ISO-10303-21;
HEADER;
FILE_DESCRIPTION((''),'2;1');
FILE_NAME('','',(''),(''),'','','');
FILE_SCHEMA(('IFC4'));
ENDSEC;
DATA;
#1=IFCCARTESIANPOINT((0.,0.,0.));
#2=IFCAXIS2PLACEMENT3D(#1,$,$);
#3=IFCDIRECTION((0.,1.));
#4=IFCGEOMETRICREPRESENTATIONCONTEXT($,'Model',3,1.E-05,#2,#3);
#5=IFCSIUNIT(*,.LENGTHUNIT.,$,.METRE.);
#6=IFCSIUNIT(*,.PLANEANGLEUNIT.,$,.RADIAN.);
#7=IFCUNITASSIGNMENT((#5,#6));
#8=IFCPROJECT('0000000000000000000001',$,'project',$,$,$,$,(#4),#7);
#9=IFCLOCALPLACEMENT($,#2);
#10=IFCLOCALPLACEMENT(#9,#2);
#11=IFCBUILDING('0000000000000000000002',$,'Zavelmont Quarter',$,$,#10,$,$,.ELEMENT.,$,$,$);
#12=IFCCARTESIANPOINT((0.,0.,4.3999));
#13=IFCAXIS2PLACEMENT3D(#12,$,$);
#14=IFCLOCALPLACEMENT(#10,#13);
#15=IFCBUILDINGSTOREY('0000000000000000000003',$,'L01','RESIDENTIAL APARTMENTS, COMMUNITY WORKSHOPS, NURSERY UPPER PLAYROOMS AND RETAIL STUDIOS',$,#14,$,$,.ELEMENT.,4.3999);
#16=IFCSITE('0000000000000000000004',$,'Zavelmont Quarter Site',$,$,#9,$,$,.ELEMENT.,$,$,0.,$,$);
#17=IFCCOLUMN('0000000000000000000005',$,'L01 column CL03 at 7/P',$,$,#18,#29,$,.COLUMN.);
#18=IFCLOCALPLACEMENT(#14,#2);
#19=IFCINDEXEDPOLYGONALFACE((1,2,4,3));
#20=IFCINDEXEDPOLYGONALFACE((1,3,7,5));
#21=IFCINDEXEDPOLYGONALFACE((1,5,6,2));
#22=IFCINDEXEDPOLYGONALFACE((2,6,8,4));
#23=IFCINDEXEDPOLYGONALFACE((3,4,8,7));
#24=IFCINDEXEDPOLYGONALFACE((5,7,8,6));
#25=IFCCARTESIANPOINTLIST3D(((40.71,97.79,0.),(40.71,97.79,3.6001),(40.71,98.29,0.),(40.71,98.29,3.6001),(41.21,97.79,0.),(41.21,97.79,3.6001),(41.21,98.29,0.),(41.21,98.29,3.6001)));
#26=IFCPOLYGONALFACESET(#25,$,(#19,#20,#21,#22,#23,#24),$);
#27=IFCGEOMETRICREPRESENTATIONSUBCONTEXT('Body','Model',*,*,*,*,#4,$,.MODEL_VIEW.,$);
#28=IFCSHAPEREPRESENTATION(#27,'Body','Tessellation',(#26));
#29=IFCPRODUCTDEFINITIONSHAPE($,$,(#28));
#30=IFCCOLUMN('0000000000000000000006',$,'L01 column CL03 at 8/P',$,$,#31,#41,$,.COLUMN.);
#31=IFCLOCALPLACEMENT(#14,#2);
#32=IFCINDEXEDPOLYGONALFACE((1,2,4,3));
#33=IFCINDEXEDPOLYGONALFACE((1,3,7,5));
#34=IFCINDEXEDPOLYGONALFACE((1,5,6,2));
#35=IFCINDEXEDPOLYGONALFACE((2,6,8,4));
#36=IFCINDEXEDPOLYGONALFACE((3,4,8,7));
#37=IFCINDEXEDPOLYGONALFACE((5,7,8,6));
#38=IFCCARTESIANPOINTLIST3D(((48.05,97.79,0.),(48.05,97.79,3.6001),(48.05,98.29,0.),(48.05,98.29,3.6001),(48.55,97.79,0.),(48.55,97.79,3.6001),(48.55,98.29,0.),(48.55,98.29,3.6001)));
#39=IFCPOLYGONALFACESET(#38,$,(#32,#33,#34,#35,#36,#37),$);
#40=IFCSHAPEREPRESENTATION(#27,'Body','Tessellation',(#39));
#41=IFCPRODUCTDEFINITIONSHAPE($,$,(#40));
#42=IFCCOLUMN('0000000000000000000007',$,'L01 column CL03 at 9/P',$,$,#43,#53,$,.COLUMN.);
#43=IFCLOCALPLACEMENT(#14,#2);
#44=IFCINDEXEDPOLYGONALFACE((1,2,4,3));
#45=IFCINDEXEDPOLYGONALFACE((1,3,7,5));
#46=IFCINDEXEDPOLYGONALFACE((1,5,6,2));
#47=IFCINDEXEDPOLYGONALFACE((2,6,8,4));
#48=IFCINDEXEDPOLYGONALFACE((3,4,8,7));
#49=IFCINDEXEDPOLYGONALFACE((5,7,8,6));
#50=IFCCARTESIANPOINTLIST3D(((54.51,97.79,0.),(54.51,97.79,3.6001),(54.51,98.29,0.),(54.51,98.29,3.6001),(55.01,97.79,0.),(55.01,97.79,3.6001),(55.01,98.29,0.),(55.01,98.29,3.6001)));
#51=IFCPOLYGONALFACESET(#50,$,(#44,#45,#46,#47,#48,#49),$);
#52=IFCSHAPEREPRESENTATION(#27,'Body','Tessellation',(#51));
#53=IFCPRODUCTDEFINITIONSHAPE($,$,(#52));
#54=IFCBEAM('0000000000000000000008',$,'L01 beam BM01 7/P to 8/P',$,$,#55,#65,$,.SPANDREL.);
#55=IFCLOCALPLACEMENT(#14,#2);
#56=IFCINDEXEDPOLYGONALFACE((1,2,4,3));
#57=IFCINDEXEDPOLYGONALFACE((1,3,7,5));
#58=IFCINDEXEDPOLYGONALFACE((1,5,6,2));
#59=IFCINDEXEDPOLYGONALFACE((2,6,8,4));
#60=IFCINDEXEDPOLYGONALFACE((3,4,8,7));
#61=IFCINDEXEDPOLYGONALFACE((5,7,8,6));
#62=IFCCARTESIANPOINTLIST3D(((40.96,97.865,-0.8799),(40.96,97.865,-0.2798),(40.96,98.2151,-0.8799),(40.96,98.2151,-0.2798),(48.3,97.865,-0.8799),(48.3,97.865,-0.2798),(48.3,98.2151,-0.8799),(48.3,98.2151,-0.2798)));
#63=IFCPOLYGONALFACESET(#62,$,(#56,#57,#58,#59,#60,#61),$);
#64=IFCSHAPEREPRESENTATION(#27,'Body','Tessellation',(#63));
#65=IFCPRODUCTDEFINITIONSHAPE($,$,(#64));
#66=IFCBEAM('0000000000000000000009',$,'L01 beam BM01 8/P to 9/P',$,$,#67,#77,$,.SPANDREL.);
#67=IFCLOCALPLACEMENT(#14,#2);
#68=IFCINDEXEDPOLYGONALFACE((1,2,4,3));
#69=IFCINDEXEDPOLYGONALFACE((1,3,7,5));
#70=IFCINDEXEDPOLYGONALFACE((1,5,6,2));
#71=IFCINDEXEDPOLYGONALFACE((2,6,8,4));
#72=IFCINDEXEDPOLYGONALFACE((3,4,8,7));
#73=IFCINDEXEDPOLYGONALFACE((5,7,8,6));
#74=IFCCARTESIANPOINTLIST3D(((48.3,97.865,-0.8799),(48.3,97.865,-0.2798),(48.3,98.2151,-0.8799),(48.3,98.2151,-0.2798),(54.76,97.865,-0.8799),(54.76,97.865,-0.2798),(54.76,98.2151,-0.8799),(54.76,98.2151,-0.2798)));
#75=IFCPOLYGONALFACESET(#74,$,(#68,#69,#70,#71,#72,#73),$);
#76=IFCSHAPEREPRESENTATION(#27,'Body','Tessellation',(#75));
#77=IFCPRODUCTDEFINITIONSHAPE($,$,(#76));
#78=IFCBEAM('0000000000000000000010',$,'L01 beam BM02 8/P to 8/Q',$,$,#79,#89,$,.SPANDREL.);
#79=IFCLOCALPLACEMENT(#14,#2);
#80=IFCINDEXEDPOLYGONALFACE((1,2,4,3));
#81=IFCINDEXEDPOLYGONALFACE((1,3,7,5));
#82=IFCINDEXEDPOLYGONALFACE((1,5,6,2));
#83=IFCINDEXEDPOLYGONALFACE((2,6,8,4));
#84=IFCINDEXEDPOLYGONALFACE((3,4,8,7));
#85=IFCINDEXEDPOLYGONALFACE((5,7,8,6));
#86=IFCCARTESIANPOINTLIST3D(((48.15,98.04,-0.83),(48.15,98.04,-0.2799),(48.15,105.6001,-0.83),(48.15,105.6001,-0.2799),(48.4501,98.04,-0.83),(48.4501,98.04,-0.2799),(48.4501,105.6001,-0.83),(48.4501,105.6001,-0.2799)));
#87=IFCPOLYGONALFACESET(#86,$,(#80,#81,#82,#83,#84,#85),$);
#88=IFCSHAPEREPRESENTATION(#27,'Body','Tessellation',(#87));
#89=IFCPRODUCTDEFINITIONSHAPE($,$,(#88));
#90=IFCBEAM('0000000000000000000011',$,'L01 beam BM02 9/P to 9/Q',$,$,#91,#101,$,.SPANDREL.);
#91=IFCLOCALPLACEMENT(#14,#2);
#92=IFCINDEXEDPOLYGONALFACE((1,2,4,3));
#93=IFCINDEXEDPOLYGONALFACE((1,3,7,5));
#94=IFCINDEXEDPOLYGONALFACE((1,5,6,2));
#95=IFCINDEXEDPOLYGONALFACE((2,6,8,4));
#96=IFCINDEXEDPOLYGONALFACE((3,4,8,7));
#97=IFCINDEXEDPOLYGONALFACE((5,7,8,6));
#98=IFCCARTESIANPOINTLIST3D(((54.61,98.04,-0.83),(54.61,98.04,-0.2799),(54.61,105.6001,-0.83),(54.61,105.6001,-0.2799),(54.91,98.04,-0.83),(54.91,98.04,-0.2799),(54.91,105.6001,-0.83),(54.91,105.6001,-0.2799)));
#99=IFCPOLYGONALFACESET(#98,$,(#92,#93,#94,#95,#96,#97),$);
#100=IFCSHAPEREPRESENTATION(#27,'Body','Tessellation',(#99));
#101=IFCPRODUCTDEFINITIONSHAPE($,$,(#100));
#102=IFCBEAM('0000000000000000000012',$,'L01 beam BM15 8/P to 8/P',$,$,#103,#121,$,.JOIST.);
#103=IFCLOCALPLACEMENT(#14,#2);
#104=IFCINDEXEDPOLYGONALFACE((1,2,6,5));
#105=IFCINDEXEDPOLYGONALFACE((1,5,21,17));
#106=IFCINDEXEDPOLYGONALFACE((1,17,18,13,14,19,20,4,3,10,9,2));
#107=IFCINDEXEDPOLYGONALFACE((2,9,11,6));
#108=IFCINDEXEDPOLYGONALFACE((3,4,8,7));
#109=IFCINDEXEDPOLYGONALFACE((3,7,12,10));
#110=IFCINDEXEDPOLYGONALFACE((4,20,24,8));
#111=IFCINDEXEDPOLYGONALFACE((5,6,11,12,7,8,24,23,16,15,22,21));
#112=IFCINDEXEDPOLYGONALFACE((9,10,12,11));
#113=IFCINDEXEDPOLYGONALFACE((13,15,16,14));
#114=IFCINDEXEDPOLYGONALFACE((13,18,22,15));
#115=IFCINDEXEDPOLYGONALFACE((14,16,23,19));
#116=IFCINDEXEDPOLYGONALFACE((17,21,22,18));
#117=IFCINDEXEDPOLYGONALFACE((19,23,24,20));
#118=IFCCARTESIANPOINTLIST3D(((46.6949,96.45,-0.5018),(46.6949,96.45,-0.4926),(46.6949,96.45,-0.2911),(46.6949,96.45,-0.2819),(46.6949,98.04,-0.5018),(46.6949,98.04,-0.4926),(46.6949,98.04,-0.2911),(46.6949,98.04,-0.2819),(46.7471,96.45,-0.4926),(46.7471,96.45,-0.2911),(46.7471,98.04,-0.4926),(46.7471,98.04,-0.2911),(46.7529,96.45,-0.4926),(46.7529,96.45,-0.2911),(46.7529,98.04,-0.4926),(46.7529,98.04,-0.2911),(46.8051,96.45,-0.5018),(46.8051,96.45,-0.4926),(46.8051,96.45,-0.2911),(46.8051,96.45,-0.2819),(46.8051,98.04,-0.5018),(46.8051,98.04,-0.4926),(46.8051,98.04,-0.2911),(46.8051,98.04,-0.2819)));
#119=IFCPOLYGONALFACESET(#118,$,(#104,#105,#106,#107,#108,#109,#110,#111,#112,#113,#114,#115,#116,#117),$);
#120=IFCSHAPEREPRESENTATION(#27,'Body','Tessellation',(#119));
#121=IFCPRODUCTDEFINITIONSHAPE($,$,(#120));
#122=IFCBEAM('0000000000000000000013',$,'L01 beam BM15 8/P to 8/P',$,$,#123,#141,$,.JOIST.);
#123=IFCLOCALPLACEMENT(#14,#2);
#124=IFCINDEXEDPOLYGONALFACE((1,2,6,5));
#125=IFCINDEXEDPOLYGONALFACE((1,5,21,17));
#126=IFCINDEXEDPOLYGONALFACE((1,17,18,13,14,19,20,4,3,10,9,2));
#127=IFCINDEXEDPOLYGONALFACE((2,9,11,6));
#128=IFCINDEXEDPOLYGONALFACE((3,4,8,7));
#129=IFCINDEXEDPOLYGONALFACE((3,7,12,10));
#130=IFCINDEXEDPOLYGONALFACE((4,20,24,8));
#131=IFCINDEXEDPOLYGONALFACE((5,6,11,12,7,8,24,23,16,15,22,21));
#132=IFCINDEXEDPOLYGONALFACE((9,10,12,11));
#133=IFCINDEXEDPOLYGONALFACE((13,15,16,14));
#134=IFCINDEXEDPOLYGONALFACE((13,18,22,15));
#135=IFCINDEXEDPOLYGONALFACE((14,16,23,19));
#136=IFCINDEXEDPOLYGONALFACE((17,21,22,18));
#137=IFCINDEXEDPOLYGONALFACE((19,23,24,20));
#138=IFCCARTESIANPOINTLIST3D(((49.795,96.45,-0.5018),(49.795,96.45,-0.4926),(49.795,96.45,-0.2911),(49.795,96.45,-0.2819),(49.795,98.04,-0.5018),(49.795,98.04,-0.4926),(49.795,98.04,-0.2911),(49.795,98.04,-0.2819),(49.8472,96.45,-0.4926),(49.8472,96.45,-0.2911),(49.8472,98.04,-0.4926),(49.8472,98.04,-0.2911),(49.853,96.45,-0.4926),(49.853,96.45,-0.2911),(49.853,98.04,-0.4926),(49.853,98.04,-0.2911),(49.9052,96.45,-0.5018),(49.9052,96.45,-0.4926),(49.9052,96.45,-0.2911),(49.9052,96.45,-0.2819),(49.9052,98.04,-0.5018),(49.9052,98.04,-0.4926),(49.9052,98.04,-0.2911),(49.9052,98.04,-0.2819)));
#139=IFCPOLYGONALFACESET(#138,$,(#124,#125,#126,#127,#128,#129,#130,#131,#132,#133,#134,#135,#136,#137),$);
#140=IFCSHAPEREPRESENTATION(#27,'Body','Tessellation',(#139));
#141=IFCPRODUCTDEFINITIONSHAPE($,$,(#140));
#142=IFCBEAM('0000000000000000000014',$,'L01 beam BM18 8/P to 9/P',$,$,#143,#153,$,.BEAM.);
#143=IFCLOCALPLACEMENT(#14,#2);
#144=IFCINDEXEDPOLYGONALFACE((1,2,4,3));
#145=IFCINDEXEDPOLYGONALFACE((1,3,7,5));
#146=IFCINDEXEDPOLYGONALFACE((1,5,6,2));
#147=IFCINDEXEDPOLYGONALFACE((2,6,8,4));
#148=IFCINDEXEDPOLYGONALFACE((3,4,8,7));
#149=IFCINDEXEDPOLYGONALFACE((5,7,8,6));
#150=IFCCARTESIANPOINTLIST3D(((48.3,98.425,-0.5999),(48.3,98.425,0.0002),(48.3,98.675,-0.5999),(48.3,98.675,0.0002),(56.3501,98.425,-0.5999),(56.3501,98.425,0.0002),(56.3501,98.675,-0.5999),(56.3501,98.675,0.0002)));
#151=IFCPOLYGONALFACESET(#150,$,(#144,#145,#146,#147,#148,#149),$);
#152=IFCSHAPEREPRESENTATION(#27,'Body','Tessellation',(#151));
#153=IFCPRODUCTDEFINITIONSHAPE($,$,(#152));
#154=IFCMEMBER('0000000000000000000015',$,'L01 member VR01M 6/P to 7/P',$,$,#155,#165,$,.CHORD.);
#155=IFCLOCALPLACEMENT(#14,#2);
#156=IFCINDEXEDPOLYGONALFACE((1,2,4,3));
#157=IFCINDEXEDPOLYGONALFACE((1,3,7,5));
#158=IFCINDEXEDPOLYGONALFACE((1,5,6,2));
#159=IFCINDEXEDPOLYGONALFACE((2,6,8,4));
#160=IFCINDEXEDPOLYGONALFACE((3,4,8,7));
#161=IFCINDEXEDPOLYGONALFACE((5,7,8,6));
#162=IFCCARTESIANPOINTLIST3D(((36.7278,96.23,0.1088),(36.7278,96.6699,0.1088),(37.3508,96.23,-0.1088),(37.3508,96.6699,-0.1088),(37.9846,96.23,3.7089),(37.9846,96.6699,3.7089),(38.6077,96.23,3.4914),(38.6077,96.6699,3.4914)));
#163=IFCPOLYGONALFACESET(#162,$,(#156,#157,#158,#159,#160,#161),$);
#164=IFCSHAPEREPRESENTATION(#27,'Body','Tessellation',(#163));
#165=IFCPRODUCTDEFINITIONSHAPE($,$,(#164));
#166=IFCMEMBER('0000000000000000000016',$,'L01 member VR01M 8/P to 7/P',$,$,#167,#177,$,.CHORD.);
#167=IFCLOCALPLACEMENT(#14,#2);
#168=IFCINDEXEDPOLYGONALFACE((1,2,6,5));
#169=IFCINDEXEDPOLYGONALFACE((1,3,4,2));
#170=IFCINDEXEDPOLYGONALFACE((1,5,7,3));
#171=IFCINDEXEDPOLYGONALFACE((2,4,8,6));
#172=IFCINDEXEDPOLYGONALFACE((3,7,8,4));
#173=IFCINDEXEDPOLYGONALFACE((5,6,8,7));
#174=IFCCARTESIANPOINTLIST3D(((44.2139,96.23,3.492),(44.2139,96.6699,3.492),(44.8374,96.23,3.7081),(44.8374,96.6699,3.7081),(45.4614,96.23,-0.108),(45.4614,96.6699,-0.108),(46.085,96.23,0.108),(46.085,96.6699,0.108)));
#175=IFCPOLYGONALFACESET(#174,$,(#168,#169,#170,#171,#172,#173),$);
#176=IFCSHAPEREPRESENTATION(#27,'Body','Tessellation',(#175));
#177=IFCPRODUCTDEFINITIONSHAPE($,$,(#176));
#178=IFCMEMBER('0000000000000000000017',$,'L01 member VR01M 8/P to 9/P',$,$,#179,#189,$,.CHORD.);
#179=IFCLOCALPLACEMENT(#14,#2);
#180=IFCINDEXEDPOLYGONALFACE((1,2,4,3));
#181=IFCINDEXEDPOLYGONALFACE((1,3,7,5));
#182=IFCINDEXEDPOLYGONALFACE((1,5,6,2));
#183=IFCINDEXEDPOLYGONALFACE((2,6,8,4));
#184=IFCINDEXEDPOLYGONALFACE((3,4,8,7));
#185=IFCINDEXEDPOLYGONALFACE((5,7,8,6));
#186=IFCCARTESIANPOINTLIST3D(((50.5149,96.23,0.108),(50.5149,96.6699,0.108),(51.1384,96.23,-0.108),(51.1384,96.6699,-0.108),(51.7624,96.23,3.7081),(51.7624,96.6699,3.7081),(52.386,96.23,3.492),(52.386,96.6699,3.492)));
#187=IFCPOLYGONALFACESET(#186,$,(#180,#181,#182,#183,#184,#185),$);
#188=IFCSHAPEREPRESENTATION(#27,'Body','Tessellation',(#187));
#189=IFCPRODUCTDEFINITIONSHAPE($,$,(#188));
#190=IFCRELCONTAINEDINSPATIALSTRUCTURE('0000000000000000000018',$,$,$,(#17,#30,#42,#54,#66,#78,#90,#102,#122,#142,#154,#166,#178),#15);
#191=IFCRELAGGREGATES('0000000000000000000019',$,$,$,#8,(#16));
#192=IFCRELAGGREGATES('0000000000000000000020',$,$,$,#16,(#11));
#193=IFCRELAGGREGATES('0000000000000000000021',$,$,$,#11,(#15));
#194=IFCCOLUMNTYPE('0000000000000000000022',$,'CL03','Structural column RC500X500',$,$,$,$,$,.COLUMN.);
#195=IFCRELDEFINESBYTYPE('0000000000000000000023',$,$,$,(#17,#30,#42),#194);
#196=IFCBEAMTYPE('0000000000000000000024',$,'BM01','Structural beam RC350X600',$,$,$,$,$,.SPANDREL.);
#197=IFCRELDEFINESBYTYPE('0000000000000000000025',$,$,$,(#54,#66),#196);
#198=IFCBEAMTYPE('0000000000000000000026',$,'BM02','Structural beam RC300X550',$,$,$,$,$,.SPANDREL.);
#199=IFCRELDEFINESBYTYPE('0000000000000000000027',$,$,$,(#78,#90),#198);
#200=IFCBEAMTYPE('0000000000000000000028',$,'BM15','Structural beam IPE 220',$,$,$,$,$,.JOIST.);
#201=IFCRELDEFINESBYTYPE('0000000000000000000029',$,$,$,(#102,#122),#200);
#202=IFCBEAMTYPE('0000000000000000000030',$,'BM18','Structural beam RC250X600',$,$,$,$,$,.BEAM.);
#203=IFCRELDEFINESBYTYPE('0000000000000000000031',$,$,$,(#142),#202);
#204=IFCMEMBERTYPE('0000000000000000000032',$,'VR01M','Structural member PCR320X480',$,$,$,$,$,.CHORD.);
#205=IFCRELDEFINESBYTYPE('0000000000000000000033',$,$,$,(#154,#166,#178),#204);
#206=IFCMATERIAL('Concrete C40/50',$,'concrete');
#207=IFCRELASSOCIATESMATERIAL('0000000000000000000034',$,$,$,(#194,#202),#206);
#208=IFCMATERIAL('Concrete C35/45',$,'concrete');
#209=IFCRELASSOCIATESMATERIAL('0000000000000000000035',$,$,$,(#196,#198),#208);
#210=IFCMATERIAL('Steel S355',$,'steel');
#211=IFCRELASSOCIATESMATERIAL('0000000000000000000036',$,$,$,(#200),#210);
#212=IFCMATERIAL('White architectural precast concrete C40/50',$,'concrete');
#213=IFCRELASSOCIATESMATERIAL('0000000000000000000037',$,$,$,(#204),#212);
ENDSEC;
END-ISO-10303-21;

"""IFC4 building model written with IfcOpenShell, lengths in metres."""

from ifc_helpers import new_model, si_unit, direction, frame, origin, origin_2d, place, context, subcontext, project, spatial, rectangle, i_section, extrude, material, material_profile, profile_set, type_object, element, save


model = new_model("IFC4")

# Units and contexts
model_context = context("Model", 3, precision=1e-05, world=origin(), true_north=direction((0.0, 1.0)))
body_context = subcontext(model_context, "Body", "Model", "MODEL_VIEW")
ifc_project = project(units=[si_unit("LENGTHUNIT", "METRE"), si_unit("PLANEANGLEUNIT", "RADIAN")], contexts=[model_context])

# Site, building, storey
site_placement = place(None, origin())
site = spatial("IfcSite", under=ifc_project, at=site_placement, Name="Zavelmont Quarter Site", CompositionType="ELEMENT", RefElevation=0.0)
building_placement = place(site_placement, origin())
building = spatial("IfcBuilding", under=site, at=building_placement, Name="Zavelmont Quarter", CompositionType="ELEMENT")
storey_placement = place(building_placement, frame((0.0, 0.0, 4.3999)))
storey = spatial("IfcBuildingStorey", under=building, at=storey_placement, Name="L01", Description="RESIDENTIAL APARTMENTS, COMMUNITY WORKSHOPS, NURSERY UPPER PLAYROOMS AND RETAIL STUDIOS", CompositionType="ELEMENT", Elevation=4.3999)

# Columns
ifc_material_1 = material(Name="Concrete C40/50", Category="concrete")
ifc_material_profile_1 = material_profile(ifc_material_1, rectangle(XDim=0.5, YDim=0.5, at=origin_2d()), Name="RC500X500")
ifc_profile_set_1 = profile_set([ifc_material_profile_1], Name="Concrete C40/50")
column_type = type_object("IfcColumnType", Name="CL03", Description="Structural column RC500X500", PredefinedType="COLUMN", material=ifc_profile_set_1)
for number, where, z_axis, x_axis, name in (
    (1, (40.96, 98.04, 0.0), (0.0, 0.0, 1.0), (1.0, 0.0, 0.0), "L01 column CL03 at 7/P"),
    (2, (48.3, 98.04, 0.0), (0.0, 0.0, 1.0), (1.0, 0.0, 0.0), "L01 column CL03 at 8/P"),
    (3, (54.76, 98.04, 0.0), (0.0, 0.0, 1.0), (1.0, 0.0, 0.0), "L01 column CL03 at 9/P"),
):
    element("IfcColumn", number, at=place(storey_placement, frame(where, z_axis=z_axis, x_axis=x_axis)), inside=storey, type_object=column_type, Name=name, PredefinedType="COLUMN", context=body_context, shape_type="SweptSolid", body=[
        extrude(rectangle(XDim=0.5, YDim=0.5, at=origin_2d()), origin(), (0.0, 0.0, 1.0), 3.6001),
    ])

# Beams
ifc_material_2 = material(Name="Concrete C35/45", Category="concrete")
ifc_material_profile_2 = material_profile(ifc_material_2, rectangle(XDim=0.3501, YDim=0.6001, at=origin_2d()), Name="RC350X600")
ifc_profile_set_2 = profile_set([ifc_material_profile_2], Name="Concrete C35/45")
beam_type_1 = type_object("IfcBeamType", Name="BM01", Description="Structural beam RC350X600", PredefinedType="SPANDREL", material=ifc_profile_set_2)
beam_1_placement = place(storey_placement, frame((40.96, 98.04, -0.5798), z_axis=(1.0, 0.0, 0.0), x_axis=(0.0, 1.0, 0.0)))
element("IfcBeam", 4, at=beam_1_placement, inside=storey, type_object=beam_type_1, Name="L01 beam BM01 7/P to 8/P", PredefinedType="SPANDREL", context=body_context, shape_type="SweptSolid", body=[
    extrude(rectangle(XDim=0.3501, YDim=0.6001, at=origin_2d()), origin(), (0.0, 0.0, 1.0), 7.3401),
])
beam_2_placement = place(storey_placement, frame((48.3, 98.04, -0.5798), z_axis=(1.0, 0.0, 0.0), x_axis=(0.0, 1.0, 0.0)))
element("IfcBeam", 5, at=beam_2_placement, inside=storey, type_object=beam_type_1, Name="L01 beam BM01 8/P to 9/P", PredefinedType="SPANDREL", context=body_context, shape_type="SweptSolid", body=[
    extrude(rectangle(XDim=0.3501, YDim=0.6001, at=origin_2d()), origin(), (0.0, 0.0, 1.0), 6.46),
])
ifc_material_profile_3 = material_profile(ifc_material_2, rectangle(XDim=0.3, YDim=0.55, at=origin_2d()), Name="RC300X550")
ifc_profile_set_3 = profile_set([ifc_material_profile_3], Name="Concrete C35/45")
beam_type_2 = type_object("IfcBeamType", Name="BM02", Description="Structural beam RC300X550", PredefinedType="SPANDREL", material=ifc_profile_set_3)
for number, where, z_axis, x_axis, name in (
    (6, (48.3, 98.04, -0.5549), (0.0, 1.0, 0.0), (-1.0, 0.0, 0.0), "L01 beam BM02 8/P to 8/Q"),
    (7, (54.76, 98.04, -0.5549), (0.0, 1.0, 0.0), (-1.0, 0.0, 0.0), "L01 beam BM02 9/P to 9/Q"),
):
    element("IfcBeam", number, at=place(storey_placement, frame(where, z_axis=z_axis, x_axis=x_axis)), inside=storey, type_object=beam_type_2, Name=name, PredefinedType="SPANDREL", context=body_context, shape_type="SweptSolid", body=[
        extrude(rectangle(XDim=0.3, YDim=0.55, at=origin_2d()), origin(), (0.0, 0.0, 1.0), 7.5601),
    ])
ifc_material_3 = material(Name="Steel S355", Category="steel")
ifc_material_profile_4 = material_profile(ifc_material_3, i_section(OverallWidth=0.1101, OverallDepth=0.22, WebThickness=0.0059, FlangeThickness=0.0093, at=origin_2d()), Name="IPE 220")
ifc_profile_set_4 = profile_set([ifc_material_profile_4], Name="Steel S355")
beam_type_3 = type_object("IfcBeamType", Name="BM15", Description="Structural beam IPE 220", PredefinedType="JOIST", material=ifc_profile_set_4)
for number, where, z_axis, x_axis, name in (
    (8, (46.75, 98.04, -0.3918), (0.0, -1.0, 0.0), (1.0, 0.0, 0.0), "L01 beam BM15 8/P to 8/P"),
    (9, (49.8501, 98.04, -0.3918), (0.0, -1.0, 0.0), (1.0, 0.0, 0.0), "L01 beam BM15 8/P to 8/P"),
):
    element("IfcBeam", number, at=place(storey_placement, frame(where, z_axis=z_axis, x_axis=x_axis)), inside=storey, type_object=beam_type_3, Name=name, PredefinedType="JOIST", context=body_context, shape_type="SweptSolid", body=[
        extrude(i_section(OverallWidth=0.1101, OverallDepth=0.22, WebThickness=0.0059, FlangeThickness=0.0093, at=origin_2d()), origin(), (0.0, 0.0, 1.0), 1.5901),
    ])
ifc_material_profile_5 = material_profile(ifc_material_1, rectangle(XDim=0.25, YDim=0.6001, at=origin_2d()), Name="RC250X600")
ifc_profile_set_5 = profile_set([ifc_material_profile_5], Name="Concrete C40/50")
beam_type_4 = type_object("IfcBeamType", Name="BM18", Description="Structural beam RC250X600", PredefinedType="BEAM", material=ifc_profile_set_5)
beam_3_placement = place(storey_placement, frame((48.3, 98.55, -0.2998), z_axis=(1.0, 0.0, 0.0), x_axis=(0.0, 1.0, 0.0)))
element("IfcBeam", 10, at=beam_3_placement, inside=storey, type_object=beam_type_4, Name="L01 beam BM18 8/P to 9/P", PredefinedType="BEAM", context=body_context, shape_type="SweptSolid", body=[
    extrude(rectangle(XDim=0.25, YDim=0.6001, at=origin_2d()), origin(), (0.0, 0.0, 1.0), 8.05),
])

# Members
ifc_material_4 = material(Name="White architectural precast concrete C40/50", Category="concrete")
ifc_material_profile_6 = material_profile(ifc_material_4, rectangle(XDim=0.4399, YDim=0.6599, at=origin_2d()), Name="PCR320X480")
ifc_profile_set_6 = profile_set([ifc_material_profile_6], Name="White architectural precast concrete C40/50")
member_type = type_object("IfcMemberType", Name="VR01M", Description="Structural member PCR320X480", PredefinedType="CHORD", material=ifc_profile_set_6)
member_placement = place(storey_placement, frame((37.0393, 96.45, 0.0), z_axis=(0.329603, 0.0, 0.94412), x_axis=(0.0, 1.0, 0.0)))
element("IfcMember", 11, at=member_placement, inside=storey, type_object=member_type, Name="L01 member VR01M 6/P to 7/P", PredefinedType="CHORD", context=body_context, shape_type="SweptSolid", body=[
    extrude(rectangle(XDim=0.4399, YDim=0.6599, at=origin_2d()), origin(), (0.0, 0.0, 1.0), 3.8132),
])
for number, where, z_axis, x_axis, name in (
    (12, (45.7732, 96.45, 0.0), (-0.327432, 0.0, 0.944875), (0.0, -1.0, 0.0), "L01 member VR01M 8/P to 7/P"),
    (13, (50.8267, 96.45, 0.0), (0.327432, 0.0, 0.944875), (0.0, 1.0, 0.0), "L01 member VR01M 8/P to 9/P"),
):
    element("IfcMember", number, at=place(storey_placement, frame(where, z_axis=z_axis, x_axis=x_axis)), inside=storey, type_object=member_type, Name=name, PredefinedType="CHORD", context=body_context, shape_type="SweptSolid", body=[
        extrude(rectangle(XDim=0.4399, YDim=0.6599, at=origin_2d()), origin(), (0.0, 0.0, 1.0), 3.8101),
    ])

save(model, "model.ifc")
